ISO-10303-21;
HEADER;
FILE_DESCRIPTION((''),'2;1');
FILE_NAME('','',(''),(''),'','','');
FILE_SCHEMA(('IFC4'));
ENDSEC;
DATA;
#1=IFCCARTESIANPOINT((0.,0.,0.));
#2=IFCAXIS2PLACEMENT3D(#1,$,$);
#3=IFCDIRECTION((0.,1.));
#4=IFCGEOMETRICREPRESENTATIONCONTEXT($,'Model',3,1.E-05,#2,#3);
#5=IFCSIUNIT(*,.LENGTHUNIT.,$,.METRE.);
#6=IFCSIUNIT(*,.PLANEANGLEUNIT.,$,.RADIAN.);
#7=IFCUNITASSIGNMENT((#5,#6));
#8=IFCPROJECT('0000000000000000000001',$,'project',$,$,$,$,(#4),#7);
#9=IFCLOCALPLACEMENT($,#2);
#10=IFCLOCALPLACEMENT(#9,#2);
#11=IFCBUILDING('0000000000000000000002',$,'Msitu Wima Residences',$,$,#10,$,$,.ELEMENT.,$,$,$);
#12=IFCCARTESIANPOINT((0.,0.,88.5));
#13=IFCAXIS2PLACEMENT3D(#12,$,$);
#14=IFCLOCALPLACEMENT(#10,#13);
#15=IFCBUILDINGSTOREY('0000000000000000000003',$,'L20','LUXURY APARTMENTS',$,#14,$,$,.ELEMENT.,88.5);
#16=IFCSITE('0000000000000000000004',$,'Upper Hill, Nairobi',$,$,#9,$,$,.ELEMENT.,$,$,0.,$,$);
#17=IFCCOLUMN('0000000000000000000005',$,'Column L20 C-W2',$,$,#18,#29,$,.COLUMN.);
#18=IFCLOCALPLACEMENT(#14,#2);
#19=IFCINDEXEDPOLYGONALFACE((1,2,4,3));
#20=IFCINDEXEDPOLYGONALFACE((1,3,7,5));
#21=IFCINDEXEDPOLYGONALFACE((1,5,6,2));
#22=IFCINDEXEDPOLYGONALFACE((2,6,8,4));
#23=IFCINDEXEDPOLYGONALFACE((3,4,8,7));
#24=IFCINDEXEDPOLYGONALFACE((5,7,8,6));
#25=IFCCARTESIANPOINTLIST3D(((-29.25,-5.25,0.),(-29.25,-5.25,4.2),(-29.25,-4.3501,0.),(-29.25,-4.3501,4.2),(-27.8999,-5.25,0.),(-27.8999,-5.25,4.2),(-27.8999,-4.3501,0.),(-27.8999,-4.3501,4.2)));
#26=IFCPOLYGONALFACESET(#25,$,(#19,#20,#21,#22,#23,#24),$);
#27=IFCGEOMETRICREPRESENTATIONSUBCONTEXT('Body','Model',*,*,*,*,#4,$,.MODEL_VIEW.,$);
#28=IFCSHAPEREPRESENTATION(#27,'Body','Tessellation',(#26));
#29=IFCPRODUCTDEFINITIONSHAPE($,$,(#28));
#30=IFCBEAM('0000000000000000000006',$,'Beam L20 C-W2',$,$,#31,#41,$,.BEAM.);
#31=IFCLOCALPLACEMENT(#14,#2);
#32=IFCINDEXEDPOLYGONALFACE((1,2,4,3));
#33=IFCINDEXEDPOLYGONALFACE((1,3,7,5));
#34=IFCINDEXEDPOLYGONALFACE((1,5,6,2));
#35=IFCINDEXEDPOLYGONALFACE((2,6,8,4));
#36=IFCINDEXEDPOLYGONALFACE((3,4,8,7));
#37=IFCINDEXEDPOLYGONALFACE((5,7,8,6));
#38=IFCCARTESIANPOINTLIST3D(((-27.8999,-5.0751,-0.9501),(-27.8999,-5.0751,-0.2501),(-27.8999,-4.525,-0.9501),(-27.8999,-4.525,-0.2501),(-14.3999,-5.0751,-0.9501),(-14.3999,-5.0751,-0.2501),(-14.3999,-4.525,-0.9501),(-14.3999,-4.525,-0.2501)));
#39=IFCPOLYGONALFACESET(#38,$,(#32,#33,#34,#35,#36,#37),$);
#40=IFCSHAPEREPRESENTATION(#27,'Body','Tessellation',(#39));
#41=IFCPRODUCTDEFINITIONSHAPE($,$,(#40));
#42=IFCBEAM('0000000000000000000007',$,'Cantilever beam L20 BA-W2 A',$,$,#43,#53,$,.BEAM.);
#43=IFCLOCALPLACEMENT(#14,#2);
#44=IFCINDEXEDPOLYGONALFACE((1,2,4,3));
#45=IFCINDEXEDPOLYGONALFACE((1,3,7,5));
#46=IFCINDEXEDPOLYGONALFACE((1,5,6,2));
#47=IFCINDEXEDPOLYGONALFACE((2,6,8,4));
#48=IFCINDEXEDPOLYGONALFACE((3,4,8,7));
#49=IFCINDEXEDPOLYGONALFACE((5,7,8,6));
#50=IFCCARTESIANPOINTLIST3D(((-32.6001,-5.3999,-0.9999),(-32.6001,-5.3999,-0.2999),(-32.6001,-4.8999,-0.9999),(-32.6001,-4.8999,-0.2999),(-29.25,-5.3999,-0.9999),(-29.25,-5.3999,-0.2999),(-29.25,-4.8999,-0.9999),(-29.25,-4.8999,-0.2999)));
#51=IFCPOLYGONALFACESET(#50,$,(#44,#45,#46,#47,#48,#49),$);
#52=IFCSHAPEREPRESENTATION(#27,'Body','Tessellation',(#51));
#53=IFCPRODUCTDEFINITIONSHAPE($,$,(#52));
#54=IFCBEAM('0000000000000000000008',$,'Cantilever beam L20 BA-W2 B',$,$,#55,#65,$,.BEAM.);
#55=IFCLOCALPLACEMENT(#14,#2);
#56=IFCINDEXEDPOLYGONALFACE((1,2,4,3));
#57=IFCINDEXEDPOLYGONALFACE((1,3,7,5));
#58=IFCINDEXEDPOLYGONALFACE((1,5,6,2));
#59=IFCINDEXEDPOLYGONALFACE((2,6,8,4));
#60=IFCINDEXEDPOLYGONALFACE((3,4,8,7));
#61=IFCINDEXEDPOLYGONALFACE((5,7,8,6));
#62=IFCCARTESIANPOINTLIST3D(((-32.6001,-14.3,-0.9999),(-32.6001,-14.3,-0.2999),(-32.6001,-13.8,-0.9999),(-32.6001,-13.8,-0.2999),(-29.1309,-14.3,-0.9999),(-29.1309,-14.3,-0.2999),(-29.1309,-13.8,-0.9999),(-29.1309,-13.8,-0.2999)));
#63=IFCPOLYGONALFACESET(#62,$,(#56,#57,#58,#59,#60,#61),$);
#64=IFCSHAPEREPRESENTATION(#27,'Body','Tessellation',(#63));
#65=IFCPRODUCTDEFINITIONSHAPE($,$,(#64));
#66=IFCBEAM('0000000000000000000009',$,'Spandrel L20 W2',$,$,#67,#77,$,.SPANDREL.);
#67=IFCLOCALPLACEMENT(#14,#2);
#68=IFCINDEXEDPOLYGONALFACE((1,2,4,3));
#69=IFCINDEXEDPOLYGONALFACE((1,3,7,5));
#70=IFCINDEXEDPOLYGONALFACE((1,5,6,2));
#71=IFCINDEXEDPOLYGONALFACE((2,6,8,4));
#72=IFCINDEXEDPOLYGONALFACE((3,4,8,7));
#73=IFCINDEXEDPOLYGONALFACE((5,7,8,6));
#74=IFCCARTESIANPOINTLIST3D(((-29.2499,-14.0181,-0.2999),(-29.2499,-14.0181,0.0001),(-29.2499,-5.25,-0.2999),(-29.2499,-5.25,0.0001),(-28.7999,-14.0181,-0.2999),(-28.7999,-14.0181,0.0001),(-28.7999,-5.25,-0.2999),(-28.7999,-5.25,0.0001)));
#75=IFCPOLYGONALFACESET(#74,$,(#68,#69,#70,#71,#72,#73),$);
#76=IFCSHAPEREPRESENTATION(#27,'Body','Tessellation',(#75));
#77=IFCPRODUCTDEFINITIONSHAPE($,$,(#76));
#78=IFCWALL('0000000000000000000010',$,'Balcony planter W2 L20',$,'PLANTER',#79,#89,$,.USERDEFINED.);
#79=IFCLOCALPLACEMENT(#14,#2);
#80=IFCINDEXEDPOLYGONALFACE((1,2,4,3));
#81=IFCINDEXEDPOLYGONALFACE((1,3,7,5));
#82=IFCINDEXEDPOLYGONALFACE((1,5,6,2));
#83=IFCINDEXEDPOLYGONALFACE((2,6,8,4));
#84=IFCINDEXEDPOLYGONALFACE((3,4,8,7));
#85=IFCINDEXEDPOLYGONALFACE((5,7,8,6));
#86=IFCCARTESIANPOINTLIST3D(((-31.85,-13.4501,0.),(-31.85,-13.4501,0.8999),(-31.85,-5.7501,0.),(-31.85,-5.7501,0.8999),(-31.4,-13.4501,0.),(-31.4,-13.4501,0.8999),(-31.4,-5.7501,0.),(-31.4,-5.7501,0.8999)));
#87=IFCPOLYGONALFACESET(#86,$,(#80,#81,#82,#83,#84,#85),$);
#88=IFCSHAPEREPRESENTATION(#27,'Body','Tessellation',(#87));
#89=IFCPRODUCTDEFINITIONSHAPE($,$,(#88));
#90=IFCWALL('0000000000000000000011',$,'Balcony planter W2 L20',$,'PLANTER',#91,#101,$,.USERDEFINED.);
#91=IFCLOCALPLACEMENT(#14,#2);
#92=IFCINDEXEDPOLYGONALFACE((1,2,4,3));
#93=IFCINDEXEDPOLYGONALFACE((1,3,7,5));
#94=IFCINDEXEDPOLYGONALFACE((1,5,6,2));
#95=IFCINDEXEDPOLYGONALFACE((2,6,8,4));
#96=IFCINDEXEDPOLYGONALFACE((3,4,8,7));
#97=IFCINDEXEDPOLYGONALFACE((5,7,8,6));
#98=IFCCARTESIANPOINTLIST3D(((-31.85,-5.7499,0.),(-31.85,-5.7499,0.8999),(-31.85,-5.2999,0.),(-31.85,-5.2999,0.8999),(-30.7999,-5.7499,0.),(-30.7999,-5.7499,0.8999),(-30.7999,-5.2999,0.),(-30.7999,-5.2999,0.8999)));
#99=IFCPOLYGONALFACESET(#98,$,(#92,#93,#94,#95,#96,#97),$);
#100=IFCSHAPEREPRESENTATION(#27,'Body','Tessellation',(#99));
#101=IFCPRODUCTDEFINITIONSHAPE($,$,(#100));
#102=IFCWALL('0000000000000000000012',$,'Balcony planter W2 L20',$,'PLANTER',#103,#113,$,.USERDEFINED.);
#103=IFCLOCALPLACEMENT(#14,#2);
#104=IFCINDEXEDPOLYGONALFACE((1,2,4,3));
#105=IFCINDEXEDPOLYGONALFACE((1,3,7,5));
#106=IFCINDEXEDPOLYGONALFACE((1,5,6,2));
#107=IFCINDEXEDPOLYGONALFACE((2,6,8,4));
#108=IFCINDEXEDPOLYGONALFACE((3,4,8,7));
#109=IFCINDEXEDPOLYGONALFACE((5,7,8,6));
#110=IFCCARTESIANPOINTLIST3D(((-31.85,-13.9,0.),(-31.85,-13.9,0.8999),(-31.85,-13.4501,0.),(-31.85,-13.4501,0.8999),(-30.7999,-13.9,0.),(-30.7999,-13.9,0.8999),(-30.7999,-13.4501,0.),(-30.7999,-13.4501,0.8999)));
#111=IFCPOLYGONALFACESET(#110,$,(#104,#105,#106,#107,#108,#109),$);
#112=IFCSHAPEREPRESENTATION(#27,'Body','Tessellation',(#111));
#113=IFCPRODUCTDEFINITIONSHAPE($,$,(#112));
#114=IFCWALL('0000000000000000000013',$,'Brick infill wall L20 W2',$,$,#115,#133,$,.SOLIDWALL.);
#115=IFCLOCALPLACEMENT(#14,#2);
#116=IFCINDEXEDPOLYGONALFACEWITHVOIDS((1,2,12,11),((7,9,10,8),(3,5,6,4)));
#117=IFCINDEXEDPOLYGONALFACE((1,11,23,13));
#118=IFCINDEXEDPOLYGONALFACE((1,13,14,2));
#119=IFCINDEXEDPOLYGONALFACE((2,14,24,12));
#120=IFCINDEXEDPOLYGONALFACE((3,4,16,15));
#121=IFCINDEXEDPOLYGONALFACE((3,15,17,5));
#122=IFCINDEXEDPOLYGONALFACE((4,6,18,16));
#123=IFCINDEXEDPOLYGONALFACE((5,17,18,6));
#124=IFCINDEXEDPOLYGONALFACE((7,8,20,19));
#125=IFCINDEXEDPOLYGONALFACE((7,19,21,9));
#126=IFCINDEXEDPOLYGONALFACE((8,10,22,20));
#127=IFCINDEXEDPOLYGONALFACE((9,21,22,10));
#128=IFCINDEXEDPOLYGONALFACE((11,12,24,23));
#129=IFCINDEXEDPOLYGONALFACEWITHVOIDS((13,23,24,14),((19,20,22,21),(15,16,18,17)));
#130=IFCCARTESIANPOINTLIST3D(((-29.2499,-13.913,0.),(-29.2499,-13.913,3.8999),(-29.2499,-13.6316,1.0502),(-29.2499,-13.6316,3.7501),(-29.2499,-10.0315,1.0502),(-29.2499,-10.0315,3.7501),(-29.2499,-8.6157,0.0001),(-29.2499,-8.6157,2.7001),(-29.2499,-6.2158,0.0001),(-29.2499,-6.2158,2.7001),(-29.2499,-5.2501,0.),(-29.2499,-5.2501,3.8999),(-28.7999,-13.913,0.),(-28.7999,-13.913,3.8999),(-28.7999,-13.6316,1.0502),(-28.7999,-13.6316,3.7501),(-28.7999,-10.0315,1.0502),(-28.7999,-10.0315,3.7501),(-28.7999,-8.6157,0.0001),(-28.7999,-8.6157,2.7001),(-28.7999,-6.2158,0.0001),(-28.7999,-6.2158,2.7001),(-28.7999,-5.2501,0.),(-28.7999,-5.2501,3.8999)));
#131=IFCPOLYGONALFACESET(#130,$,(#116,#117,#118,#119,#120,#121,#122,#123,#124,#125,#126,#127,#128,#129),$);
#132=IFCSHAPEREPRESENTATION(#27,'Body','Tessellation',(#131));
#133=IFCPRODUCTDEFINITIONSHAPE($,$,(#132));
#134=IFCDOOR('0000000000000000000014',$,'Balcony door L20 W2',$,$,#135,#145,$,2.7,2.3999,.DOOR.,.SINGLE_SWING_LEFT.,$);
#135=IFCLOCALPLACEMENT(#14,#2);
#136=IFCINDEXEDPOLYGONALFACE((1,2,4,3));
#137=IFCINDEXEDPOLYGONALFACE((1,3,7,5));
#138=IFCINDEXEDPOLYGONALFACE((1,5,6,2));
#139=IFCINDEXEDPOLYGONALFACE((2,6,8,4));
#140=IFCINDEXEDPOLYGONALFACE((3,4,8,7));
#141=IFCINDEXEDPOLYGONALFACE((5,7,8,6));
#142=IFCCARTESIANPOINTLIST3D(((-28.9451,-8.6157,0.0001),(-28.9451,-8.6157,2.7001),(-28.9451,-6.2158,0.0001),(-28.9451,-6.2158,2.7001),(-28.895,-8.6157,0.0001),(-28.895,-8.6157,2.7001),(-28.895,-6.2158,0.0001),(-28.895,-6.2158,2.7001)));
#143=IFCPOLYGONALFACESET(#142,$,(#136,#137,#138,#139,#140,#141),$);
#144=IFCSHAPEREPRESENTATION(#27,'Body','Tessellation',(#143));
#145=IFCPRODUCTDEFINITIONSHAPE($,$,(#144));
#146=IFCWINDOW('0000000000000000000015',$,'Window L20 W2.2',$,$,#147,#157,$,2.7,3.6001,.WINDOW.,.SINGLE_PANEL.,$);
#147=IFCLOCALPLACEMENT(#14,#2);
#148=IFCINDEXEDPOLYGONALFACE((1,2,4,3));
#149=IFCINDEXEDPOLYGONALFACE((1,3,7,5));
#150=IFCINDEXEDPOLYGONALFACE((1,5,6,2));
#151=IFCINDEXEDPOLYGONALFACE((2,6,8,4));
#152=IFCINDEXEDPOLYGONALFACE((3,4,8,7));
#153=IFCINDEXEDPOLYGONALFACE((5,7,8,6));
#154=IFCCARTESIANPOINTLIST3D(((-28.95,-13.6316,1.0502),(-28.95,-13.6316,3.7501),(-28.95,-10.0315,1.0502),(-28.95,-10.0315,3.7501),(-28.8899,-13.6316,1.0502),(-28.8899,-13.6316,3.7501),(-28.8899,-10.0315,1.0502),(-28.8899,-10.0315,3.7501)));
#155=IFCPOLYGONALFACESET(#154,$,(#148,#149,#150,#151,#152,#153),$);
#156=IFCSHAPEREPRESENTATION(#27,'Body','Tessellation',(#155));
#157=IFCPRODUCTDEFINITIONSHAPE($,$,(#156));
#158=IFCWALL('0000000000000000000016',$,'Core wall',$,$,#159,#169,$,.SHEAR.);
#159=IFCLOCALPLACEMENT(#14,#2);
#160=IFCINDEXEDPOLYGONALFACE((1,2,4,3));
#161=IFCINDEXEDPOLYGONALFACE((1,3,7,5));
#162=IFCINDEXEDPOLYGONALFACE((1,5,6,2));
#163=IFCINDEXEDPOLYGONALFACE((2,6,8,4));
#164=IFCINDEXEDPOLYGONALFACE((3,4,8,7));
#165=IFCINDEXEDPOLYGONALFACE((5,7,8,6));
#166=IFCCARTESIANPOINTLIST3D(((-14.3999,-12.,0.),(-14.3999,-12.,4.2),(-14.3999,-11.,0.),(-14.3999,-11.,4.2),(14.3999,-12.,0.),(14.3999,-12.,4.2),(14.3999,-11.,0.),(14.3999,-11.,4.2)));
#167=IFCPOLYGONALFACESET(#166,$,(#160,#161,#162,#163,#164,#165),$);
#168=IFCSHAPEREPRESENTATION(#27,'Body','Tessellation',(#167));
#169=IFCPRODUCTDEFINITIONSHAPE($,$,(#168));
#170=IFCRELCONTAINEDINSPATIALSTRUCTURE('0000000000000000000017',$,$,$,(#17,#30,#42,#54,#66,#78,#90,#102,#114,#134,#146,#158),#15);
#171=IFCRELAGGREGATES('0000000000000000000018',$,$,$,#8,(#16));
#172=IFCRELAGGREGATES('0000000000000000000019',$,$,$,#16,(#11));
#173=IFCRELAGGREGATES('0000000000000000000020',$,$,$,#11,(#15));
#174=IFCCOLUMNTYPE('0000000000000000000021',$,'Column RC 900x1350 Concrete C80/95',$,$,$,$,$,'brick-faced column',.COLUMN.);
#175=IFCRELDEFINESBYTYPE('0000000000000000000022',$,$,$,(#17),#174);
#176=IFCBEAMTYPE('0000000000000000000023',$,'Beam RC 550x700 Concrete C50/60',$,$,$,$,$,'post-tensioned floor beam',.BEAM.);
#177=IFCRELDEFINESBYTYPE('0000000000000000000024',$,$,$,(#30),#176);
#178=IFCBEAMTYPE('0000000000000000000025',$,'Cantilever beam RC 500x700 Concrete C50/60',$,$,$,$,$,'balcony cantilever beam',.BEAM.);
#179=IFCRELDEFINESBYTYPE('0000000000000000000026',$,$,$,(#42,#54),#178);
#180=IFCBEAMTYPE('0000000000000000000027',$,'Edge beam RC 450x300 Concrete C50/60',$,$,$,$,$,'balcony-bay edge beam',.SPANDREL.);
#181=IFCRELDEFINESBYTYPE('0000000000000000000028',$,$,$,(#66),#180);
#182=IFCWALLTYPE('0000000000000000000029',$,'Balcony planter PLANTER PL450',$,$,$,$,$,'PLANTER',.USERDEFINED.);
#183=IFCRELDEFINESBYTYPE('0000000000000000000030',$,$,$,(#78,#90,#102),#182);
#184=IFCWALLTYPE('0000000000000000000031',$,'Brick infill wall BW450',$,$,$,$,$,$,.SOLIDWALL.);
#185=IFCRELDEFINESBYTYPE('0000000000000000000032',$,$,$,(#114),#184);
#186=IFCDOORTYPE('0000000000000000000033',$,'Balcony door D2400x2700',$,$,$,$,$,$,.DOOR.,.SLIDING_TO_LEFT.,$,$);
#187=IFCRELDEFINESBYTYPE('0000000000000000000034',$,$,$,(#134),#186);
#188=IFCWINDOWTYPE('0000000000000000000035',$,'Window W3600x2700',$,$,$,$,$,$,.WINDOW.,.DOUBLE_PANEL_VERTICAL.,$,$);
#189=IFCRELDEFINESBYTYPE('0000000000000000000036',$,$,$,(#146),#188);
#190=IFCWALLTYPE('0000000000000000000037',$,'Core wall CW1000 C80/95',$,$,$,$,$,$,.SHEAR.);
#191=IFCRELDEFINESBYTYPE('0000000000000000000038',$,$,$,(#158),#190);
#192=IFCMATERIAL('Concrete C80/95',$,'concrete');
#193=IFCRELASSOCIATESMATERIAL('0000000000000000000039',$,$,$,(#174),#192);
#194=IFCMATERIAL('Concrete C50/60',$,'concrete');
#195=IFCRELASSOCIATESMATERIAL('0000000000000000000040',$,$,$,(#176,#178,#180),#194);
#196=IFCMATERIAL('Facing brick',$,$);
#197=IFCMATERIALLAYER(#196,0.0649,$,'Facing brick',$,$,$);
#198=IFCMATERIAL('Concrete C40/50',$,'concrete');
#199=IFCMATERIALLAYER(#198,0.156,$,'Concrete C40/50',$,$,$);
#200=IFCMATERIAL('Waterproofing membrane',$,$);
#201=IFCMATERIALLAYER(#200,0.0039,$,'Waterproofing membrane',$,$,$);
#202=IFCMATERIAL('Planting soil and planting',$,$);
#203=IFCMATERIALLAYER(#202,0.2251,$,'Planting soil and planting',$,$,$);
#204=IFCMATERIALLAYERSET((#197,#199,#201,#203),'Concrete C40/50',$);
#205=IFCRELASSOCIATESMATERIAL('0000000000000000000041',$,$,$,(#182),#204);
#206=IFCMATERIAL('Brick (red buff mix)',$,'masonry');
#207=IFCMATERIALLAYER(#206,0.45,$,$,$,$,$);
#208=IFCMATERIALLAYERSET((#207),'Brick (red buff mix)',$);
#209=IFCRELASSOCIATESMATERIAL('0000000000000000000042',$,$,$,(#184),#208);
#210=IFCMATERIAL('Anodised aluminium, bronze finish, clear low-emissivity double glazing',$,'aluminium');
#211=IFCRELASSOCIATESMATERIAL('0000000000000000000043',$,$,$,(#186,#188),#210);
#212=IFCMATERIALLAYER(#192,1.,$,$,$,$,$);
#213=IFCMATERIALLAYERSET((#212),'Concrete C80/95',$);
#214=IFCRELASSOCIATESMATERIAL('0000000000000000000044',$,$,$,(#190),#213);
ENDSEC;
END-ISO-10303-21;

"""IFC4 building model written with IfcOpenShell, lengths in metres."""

from ifc_helpers import new_model, si_unit, direction, frame, frame_2d, origin, origin_2d, place, context, subcontext, project, spatial, rectangle, extrude, material, layer, layer_set, material_profile, profile_set, type_object, element, fill, save


model = new_model("IFC4")

# Units and contexts
model_context = context("Model", 3, precision=1e-05, world=origin(), true_north=direction((0.0, 1.0)))
body_context = subcontext(model_context, "Body", "Model", "MODEL_VIEW")
ifc_project = project(units=[si_unit("LENGTHUNIT", "METRE"), si_unit("PLANEANGLEUNIT", "RADIAN")], contexts=[model_context])

# Site, building, storey
site_placement = place(None, origin())
site = spatial("IfcSite", under=ifc_project, at=site_placement, Name="Upper Hill, Nairobi", CompositionType="ELEMENT", RefElevation=0.0)
building_placement = place(site_placement, origin())
building = spatial("IfcBuilding", under=site, at=building_placement, Name="Msitu Wima Residences", CompositionType="ELEMENT")
storey_placement = place(building_placement, frame((0.0, 0.0, 88.5)))
storey = spatial("IfcBuildingStorey", under=building, at=storey_placement, Name="L20", Description="LUXURY APARTMENTS", CompositionType="ELEMENT", Elevation=88.5)

# Column
ifc_material_1 = material(Name="Concrete C80/95", Category="concrete")
ifc_material_profile_1 = material_profile(ifc_material_1, rectangle(XDim=0.8999, YDim=1.3501, at=origin_2d()), Name="RC 900x1350")
ifc_profile_set_1 = profile_set([ifc_material_profile_1], Name="Concrete C80/95")
column_type = type_object("IfcColumnType", Name="Column RC 900x1350 Concrete C80/95", ElementType="brick-faced column", PredefinedType="COLUMN", material=ifc_profile_set_1)
column_placement = place(storey_placement, frame((-28.575, -4.8, 0.0), z_axis=(0.0, 0.0, 1.0), x_axis=(0.0, -1.0, 0.0)))
element("IfcColumn", 1, at=column_placement, inside=storey, type_object=column_type, Name="Column L20 C-W2", PredefinedType="COLUMN", context=body_context, shape_type="SweptSolid", body=[
    extrude(rectangle(XDim=0.8999, YDim=1.3501, at=origin_2d()), origin(), (0.0, 0.0, 1.0), 4.2),
])

# Beams
ifc_material_2 = material(Name="Concrete C50/60", Category="concrete")
ifc_material_profile_2 = material_profile(ifc_material_2, rectangle(XDim=0.55, YDim=0.7, at=origin_2d()), Name="RC 550x700")
ifc_profile_set_2 = profile_set([ifc_material_profile_2], Name="Concrete C50/60")
beam_type_1 = type_object("IfcBeamType", Name="Beam RC 550x700 Concrete C50/60", ElementType="post-tensioned floor beam", PredefinedType="BEAM", material=ifc_profile_set_2)
beam_1_placement = place(storey_placement, frame((-27.8999, -4.8, -0.6001), z_axis=(1.0, 0.0, 0.0), x_axis=(0.0, 1.0, 0.0)))
element("IfcBeam", 2, at=beam_1_placement, inside=storey, type_object=beam_type_1, Name="Beam L20 C-W2", PredefinedType="BEAM", context=body_context, shape_type="SweptSolid", body=[
    extrude(rectangle(XDim=0.55, YDim=0.7, at=origin_2d()), origin(), (0.0, 0.0, 1.0), 13.5),
])
ifc_material_profile_3 = material_profile(ifc_material_2, rectangle(XDim=0.5, YDim=0.7, at=origin_2d()), Name="RC 500x700")
ifc_profile_set_3 = profile_set([ifc_material_profile_3], Name="Concrete C50/60")
beam_type_2 = type_object("IfcBeamType", Name="Cantilever beam RC 500x700 Concrete C50/60", ElementType="balcony cantilever beam", PredefinedType="BEAM", material=ifc_profile_set_3)
beam_2_placement = place(storey_placement, frame((-29.25, -5.1499, -0.6499), z_axis=(-1.0, 0.0, 0.0), x_axis=(0.0, -1.0, 0.0)))
element("IfcBeam", 3, at=beam_2_placement, inside=storey, type_object=beam_type_2, Name="Cantilever beam L20 BA-W2 A", PredefinedType="BEAM", context=body_context, shape_type="SweptSolid", body=[
    extrude(rectangle(XDim=0.5, YDim=0.7, at=origin_2d()), origin(), (0.0, 0.0, 1.0), 3.3501),
])
beam_3_placement = place(storey_placement, frame((-29.1309, -14.05, -0.6499), z_axis=(-1.0, 0.0, 0.0), x_axis=(0.0, -1.0, 0.0)))
element("IfcBeam", 4, at=beam_3_placement, inside=storey, type_object=beam_type_2, Name="Cantilever beam L20 BA-W2 B", PredefinedType="BEAM", context=body_context, shape_type="SweptSolid", body=[
    extrude(rectangle(XDim=0.5, YDim=0.7, at=origin_2d()), origin(), (0.0, 0.0, 1.0), 3.4692),
])
ifc_material_profile_4 = material_profile(ifc_material_2, rectangle(XDim=0.45, YDim=0.3, at=origin_2d()), Name="RC 450x300")
ifc_profile_set_4 = profile_set([ifc_material_profile_4], Name="Concrete C50/60")
beam_type_3 = type_object("IfcBeamType", Name="Edge beam RC 450x300 Concrete C50/60", ElementType="balcony-bay edge beam", PredefinedType="SPANDREL", material=ifc_profile_set_4)
beam_4_placement = place(storey_placement, frame((-29.0249, -5.25, -0.1499), z_axis=(0.0, -1.0, 0.0), x_axis=(1.0, 0.0, 0.0)))
element("IfcBeam", 5, at=beam_4_placement, inside=storey, type_object=beam_type_3, Name="Spandrel L20 W2", PredefinedType="SPANDREL", context=body_context, shape_type="SweptSolid", body=[
    extrude(rectangle(XDim=0.45, YDim=0.3, at=origin_2d()), origin(), (0.0, 0.0, 1.0), 8.7681),
])

# Walls
ifc_material_3 = material(Name="Facing brick")
ifc_layer_1 = layer(ifc_material_3, 0.0649, Name="Facing brick")
ifc_material_4 = material(Name="Concrete C40/50", Category="concrete")
ifc_layer_2 = layer(ifc_material_4, 0.156, Name="Concrete C40/50")
ifc_material_5 = material(Name="Waterproofing membrane")
ifc_layer_3 = layer(ifc_material_5, 0.0039, Name="Waterproofing membrane")
ifc_material_6 = material(Name="Planting soil and planting")
ifc_layer_4 = layer(ifc_material_6, 0.2251, Name="Planting soil and planting")
ifc_layer_set_1 = layer_set([ifc_layer_1, ifc_layer_2, ifc_layer_3, ifc_layer_4], Name="Concrete C40/50")
wall_type_1 = type_object("IfcWallType", Name="Balcony planter PLANTER PL450", ElementType="PLANTER", PredefinedType="USERDEFINED", material=ifc_layer_set_1)
wall_1_placement = place(storey_placement, frame((-31.625, -5.75, 0.0), z_axis=(0.0, 0.0, 1.0), x_axis=(0.0, -1.0, 0.0)))
element("IfcWall", 6, at=wall_1_placement, inside=storey, type_object=wall_type_1, Name="Balcony planter W2 L20", ObjectType="PLANTER", PredefinedType="USERDEFINED", context=body_context, shape_type="SweptSolid", body=[
    extrude(rectangle(XDim=7.7, YDim=0.45, at=frame_2d((3.8501, 0.0))), origin(), (0.0, 0.0, 1.0), 0.8999),
])
for number, where, z_axis, x_axis, name in (
    (7, (-30.8, -5.5249, 0.0), (0.0, 0.0, 1.0), (-1.0, 0.0, 0.0), "Balcony planter W2 L20"),
    (8, (-30.8, -13.675, 0.0), (0.0, 0.0, 1.0), (-1.0, 0.0, 0.0), "Balcony planter W2 L20"),
):
    element("IfcWall", number, at=place(storey_placement, frame(where, z_axis=z_axis, x_axis=x_axis)), inside=storey, type_object=wall_type_1, Name=name, ObjectType="PLANTER", PredefinedType="USERDEFINED", context=body_context, shape_type="SweptSolid", body=[
        extrude(rectangle(XDim=1.05, YDim=0.45, at=frame_2d((0.5249, 0.0))), origin(), (0.0, 0.0, 1.0), 0.8999),
    ])

# Wall, openings, door, window
ifc_material_7 = material(Name="Brick (red buff mix)", Category="masonry")
ifc_layer_5 = layer(ifc_material_7, 0.45)
ifc_layer_set_2 = layer_set([ifc_layer_5], Name="Brick (red buff mix)")
wall_type_2 = type_object("IfcWallType", Name="Brick infill wall BW450", PredefinedType="SOLIDWALL", material=ifc_layer_set_2)
wall_2_placement = place(storey_placement, frame((-29.0249, -5.25, 0.0), z_axis=(0.0, 0.0, 1.0), x_axis=(0.0, -1.0, 0.0)))
wall_2 = element("IfcWall", 9, at=wall_2_placement, inside=storey, type_object=wall_type_2, Name="Brick infill wall L20 W2", PredefinedType="SOLIDWALL", context=body_context, shape_type="SweptSolid", body=[
    extrude(rectangle(XDim=8.6628, YDim=0.45, at=frame_2d((4.3315, 0.0))), origin(), (0.0, 0.0, 1.0), 3.8999),
])
opening_1_placement = place(wall_2_placement, frame((0.9658, 0.0, 0.0)))
opening_1 = element("IfcOpeningElement", 10, at=opening_1_placement, cuts=wall_2, PredefinedType="OPENING", context=body_context, shape_type="SweptSolid", body=[
    extrude(rectangle(XDim=2.3999, YDim=2.7, at=frame_2d((1.2, 1.3501))), frame((0.0, 0.2349, 0.0), z_axis=(0.0, -1.0, 0.0), x_axis=(1.0, 0.0, 0.0)), (0.0, 0.0, 1.0), 0.47),
])
opening_2_placement = place(wall_2_placement, frame((4.7815, 0.0, 1.05)))
opening_2 = element("IfcOpeningElement", 11, at=opening_2_placement, cuts=wall_2, PredefinedType="OPENING", context=body_context, shape_type="SweptSolid", body=[
    extrude(rectangle(XDim=3.6001, YDim=2.7, at=frame_2d((1.8, 1.3501))), frame((0.0, 0.2349, 0.0), z_axis=(0.0, -1.0, 0.0), x_axis=(1.0, 0.0, 0.0)), (0.0, 0.0, 1.0), 0.47),
])
ifc_material_8 = material(Name="Anodised aluminium, bronze finish, clear low-emissivity double glazing", Category="aluminium")
door_type_1 = type_object("IfcDoorType", Name="Balcony door D2400x2700", OperationType="SLIDING_TO_LEFT", PredefinedType="DOOR", material=ifc_material_8)
door_1_placement = place(opening_1_placement, origin())
door_1 = element("IfcDoor", 12, at=door_1_placement, inside=storey, type_object=door_type_1, Name="Balcony door L20 W2", OperationType="SINGLE_SWING_LEFT", OverallHeight=2.7, OverallWidth=2.3999, PredefinedType="DOOR", context=body_context, shape_type="SweptSolid", body=[
    extrude(rectangle(XDim=2.3999, YDim=2.7, at=frame_2d((1.2, 1.3501))), frame((0.0, 0.1299, 0.0), z_axis=(0.0, -1.0, 0.0), x_axis=(1.0, 0.0, 0.0)), (0.0, 0.0, 1.0), 0.05),
])
fill(opening_1, door_1)
window_type = type_object("IfcWindowType", Name="Window W3600x2700", PartitioningType="DOUBLE_PANEL_VERTICAL", PredefinedType="WINDOW", material=ifc_material_8)
window_placement = place(opening_2_placement, origin())
window = element("IfcWindow", 13, at=window_placement, inside=storey, type_object=window_type, Name="Window L20 W2.2", OverallHeight=2.7, OverallWidth=3.6001, PartitioningType="SINGLE_PANEL", PredefinedType="WINDOW", context=body_context, shape_type="SweptSolid", body=[
    extrude(rectangle(XDim=3.6001, YDim=2.7, at=frame_2d((1.8, 1.3501))), frame((0.0, 0.135, 0.0), z_axis=(0.0, -1.0, 0.0), x_axis=(1.0, 0.0, 0.0)), (0.0, 0.0, 1.0), 0.0601),
])
fill(opening_2, window)

# Wall
ifc_layer_6 = layer(ifc_material_1, 1.0)
ifc_layer_set_3 = layer_set([ifc_layer_6], Name="Concrete C80/95")
wall_type_3 = type_object("IfcWallType", Name="Core wall CW1000 C80/95", PredefinedType="SHEAR", material=ifc_layer_set_3)
wall_3_placement = place(storey_placement, frame((-14.3999, -11.5, 0.0), z_axis=(0.0, 0.0, 1.0), x_axis=(1.0, 0.0, 0.0)))
element("IfcWall", 14, at=wall_3_placement, inside=storey, type_object=wall_type_3, Name="Core wall", PredefinedType="SHEAR", context=body_context, shape_type="SweptSolid", body=[
    extrude(rectangle(XDim=28.7998, YDim=1.0, at=frame_2d((14.3999, 0.0))), origin(), (0.0, 0.0, 1.0), 4.2),
])

save(model, "model.ifc")
